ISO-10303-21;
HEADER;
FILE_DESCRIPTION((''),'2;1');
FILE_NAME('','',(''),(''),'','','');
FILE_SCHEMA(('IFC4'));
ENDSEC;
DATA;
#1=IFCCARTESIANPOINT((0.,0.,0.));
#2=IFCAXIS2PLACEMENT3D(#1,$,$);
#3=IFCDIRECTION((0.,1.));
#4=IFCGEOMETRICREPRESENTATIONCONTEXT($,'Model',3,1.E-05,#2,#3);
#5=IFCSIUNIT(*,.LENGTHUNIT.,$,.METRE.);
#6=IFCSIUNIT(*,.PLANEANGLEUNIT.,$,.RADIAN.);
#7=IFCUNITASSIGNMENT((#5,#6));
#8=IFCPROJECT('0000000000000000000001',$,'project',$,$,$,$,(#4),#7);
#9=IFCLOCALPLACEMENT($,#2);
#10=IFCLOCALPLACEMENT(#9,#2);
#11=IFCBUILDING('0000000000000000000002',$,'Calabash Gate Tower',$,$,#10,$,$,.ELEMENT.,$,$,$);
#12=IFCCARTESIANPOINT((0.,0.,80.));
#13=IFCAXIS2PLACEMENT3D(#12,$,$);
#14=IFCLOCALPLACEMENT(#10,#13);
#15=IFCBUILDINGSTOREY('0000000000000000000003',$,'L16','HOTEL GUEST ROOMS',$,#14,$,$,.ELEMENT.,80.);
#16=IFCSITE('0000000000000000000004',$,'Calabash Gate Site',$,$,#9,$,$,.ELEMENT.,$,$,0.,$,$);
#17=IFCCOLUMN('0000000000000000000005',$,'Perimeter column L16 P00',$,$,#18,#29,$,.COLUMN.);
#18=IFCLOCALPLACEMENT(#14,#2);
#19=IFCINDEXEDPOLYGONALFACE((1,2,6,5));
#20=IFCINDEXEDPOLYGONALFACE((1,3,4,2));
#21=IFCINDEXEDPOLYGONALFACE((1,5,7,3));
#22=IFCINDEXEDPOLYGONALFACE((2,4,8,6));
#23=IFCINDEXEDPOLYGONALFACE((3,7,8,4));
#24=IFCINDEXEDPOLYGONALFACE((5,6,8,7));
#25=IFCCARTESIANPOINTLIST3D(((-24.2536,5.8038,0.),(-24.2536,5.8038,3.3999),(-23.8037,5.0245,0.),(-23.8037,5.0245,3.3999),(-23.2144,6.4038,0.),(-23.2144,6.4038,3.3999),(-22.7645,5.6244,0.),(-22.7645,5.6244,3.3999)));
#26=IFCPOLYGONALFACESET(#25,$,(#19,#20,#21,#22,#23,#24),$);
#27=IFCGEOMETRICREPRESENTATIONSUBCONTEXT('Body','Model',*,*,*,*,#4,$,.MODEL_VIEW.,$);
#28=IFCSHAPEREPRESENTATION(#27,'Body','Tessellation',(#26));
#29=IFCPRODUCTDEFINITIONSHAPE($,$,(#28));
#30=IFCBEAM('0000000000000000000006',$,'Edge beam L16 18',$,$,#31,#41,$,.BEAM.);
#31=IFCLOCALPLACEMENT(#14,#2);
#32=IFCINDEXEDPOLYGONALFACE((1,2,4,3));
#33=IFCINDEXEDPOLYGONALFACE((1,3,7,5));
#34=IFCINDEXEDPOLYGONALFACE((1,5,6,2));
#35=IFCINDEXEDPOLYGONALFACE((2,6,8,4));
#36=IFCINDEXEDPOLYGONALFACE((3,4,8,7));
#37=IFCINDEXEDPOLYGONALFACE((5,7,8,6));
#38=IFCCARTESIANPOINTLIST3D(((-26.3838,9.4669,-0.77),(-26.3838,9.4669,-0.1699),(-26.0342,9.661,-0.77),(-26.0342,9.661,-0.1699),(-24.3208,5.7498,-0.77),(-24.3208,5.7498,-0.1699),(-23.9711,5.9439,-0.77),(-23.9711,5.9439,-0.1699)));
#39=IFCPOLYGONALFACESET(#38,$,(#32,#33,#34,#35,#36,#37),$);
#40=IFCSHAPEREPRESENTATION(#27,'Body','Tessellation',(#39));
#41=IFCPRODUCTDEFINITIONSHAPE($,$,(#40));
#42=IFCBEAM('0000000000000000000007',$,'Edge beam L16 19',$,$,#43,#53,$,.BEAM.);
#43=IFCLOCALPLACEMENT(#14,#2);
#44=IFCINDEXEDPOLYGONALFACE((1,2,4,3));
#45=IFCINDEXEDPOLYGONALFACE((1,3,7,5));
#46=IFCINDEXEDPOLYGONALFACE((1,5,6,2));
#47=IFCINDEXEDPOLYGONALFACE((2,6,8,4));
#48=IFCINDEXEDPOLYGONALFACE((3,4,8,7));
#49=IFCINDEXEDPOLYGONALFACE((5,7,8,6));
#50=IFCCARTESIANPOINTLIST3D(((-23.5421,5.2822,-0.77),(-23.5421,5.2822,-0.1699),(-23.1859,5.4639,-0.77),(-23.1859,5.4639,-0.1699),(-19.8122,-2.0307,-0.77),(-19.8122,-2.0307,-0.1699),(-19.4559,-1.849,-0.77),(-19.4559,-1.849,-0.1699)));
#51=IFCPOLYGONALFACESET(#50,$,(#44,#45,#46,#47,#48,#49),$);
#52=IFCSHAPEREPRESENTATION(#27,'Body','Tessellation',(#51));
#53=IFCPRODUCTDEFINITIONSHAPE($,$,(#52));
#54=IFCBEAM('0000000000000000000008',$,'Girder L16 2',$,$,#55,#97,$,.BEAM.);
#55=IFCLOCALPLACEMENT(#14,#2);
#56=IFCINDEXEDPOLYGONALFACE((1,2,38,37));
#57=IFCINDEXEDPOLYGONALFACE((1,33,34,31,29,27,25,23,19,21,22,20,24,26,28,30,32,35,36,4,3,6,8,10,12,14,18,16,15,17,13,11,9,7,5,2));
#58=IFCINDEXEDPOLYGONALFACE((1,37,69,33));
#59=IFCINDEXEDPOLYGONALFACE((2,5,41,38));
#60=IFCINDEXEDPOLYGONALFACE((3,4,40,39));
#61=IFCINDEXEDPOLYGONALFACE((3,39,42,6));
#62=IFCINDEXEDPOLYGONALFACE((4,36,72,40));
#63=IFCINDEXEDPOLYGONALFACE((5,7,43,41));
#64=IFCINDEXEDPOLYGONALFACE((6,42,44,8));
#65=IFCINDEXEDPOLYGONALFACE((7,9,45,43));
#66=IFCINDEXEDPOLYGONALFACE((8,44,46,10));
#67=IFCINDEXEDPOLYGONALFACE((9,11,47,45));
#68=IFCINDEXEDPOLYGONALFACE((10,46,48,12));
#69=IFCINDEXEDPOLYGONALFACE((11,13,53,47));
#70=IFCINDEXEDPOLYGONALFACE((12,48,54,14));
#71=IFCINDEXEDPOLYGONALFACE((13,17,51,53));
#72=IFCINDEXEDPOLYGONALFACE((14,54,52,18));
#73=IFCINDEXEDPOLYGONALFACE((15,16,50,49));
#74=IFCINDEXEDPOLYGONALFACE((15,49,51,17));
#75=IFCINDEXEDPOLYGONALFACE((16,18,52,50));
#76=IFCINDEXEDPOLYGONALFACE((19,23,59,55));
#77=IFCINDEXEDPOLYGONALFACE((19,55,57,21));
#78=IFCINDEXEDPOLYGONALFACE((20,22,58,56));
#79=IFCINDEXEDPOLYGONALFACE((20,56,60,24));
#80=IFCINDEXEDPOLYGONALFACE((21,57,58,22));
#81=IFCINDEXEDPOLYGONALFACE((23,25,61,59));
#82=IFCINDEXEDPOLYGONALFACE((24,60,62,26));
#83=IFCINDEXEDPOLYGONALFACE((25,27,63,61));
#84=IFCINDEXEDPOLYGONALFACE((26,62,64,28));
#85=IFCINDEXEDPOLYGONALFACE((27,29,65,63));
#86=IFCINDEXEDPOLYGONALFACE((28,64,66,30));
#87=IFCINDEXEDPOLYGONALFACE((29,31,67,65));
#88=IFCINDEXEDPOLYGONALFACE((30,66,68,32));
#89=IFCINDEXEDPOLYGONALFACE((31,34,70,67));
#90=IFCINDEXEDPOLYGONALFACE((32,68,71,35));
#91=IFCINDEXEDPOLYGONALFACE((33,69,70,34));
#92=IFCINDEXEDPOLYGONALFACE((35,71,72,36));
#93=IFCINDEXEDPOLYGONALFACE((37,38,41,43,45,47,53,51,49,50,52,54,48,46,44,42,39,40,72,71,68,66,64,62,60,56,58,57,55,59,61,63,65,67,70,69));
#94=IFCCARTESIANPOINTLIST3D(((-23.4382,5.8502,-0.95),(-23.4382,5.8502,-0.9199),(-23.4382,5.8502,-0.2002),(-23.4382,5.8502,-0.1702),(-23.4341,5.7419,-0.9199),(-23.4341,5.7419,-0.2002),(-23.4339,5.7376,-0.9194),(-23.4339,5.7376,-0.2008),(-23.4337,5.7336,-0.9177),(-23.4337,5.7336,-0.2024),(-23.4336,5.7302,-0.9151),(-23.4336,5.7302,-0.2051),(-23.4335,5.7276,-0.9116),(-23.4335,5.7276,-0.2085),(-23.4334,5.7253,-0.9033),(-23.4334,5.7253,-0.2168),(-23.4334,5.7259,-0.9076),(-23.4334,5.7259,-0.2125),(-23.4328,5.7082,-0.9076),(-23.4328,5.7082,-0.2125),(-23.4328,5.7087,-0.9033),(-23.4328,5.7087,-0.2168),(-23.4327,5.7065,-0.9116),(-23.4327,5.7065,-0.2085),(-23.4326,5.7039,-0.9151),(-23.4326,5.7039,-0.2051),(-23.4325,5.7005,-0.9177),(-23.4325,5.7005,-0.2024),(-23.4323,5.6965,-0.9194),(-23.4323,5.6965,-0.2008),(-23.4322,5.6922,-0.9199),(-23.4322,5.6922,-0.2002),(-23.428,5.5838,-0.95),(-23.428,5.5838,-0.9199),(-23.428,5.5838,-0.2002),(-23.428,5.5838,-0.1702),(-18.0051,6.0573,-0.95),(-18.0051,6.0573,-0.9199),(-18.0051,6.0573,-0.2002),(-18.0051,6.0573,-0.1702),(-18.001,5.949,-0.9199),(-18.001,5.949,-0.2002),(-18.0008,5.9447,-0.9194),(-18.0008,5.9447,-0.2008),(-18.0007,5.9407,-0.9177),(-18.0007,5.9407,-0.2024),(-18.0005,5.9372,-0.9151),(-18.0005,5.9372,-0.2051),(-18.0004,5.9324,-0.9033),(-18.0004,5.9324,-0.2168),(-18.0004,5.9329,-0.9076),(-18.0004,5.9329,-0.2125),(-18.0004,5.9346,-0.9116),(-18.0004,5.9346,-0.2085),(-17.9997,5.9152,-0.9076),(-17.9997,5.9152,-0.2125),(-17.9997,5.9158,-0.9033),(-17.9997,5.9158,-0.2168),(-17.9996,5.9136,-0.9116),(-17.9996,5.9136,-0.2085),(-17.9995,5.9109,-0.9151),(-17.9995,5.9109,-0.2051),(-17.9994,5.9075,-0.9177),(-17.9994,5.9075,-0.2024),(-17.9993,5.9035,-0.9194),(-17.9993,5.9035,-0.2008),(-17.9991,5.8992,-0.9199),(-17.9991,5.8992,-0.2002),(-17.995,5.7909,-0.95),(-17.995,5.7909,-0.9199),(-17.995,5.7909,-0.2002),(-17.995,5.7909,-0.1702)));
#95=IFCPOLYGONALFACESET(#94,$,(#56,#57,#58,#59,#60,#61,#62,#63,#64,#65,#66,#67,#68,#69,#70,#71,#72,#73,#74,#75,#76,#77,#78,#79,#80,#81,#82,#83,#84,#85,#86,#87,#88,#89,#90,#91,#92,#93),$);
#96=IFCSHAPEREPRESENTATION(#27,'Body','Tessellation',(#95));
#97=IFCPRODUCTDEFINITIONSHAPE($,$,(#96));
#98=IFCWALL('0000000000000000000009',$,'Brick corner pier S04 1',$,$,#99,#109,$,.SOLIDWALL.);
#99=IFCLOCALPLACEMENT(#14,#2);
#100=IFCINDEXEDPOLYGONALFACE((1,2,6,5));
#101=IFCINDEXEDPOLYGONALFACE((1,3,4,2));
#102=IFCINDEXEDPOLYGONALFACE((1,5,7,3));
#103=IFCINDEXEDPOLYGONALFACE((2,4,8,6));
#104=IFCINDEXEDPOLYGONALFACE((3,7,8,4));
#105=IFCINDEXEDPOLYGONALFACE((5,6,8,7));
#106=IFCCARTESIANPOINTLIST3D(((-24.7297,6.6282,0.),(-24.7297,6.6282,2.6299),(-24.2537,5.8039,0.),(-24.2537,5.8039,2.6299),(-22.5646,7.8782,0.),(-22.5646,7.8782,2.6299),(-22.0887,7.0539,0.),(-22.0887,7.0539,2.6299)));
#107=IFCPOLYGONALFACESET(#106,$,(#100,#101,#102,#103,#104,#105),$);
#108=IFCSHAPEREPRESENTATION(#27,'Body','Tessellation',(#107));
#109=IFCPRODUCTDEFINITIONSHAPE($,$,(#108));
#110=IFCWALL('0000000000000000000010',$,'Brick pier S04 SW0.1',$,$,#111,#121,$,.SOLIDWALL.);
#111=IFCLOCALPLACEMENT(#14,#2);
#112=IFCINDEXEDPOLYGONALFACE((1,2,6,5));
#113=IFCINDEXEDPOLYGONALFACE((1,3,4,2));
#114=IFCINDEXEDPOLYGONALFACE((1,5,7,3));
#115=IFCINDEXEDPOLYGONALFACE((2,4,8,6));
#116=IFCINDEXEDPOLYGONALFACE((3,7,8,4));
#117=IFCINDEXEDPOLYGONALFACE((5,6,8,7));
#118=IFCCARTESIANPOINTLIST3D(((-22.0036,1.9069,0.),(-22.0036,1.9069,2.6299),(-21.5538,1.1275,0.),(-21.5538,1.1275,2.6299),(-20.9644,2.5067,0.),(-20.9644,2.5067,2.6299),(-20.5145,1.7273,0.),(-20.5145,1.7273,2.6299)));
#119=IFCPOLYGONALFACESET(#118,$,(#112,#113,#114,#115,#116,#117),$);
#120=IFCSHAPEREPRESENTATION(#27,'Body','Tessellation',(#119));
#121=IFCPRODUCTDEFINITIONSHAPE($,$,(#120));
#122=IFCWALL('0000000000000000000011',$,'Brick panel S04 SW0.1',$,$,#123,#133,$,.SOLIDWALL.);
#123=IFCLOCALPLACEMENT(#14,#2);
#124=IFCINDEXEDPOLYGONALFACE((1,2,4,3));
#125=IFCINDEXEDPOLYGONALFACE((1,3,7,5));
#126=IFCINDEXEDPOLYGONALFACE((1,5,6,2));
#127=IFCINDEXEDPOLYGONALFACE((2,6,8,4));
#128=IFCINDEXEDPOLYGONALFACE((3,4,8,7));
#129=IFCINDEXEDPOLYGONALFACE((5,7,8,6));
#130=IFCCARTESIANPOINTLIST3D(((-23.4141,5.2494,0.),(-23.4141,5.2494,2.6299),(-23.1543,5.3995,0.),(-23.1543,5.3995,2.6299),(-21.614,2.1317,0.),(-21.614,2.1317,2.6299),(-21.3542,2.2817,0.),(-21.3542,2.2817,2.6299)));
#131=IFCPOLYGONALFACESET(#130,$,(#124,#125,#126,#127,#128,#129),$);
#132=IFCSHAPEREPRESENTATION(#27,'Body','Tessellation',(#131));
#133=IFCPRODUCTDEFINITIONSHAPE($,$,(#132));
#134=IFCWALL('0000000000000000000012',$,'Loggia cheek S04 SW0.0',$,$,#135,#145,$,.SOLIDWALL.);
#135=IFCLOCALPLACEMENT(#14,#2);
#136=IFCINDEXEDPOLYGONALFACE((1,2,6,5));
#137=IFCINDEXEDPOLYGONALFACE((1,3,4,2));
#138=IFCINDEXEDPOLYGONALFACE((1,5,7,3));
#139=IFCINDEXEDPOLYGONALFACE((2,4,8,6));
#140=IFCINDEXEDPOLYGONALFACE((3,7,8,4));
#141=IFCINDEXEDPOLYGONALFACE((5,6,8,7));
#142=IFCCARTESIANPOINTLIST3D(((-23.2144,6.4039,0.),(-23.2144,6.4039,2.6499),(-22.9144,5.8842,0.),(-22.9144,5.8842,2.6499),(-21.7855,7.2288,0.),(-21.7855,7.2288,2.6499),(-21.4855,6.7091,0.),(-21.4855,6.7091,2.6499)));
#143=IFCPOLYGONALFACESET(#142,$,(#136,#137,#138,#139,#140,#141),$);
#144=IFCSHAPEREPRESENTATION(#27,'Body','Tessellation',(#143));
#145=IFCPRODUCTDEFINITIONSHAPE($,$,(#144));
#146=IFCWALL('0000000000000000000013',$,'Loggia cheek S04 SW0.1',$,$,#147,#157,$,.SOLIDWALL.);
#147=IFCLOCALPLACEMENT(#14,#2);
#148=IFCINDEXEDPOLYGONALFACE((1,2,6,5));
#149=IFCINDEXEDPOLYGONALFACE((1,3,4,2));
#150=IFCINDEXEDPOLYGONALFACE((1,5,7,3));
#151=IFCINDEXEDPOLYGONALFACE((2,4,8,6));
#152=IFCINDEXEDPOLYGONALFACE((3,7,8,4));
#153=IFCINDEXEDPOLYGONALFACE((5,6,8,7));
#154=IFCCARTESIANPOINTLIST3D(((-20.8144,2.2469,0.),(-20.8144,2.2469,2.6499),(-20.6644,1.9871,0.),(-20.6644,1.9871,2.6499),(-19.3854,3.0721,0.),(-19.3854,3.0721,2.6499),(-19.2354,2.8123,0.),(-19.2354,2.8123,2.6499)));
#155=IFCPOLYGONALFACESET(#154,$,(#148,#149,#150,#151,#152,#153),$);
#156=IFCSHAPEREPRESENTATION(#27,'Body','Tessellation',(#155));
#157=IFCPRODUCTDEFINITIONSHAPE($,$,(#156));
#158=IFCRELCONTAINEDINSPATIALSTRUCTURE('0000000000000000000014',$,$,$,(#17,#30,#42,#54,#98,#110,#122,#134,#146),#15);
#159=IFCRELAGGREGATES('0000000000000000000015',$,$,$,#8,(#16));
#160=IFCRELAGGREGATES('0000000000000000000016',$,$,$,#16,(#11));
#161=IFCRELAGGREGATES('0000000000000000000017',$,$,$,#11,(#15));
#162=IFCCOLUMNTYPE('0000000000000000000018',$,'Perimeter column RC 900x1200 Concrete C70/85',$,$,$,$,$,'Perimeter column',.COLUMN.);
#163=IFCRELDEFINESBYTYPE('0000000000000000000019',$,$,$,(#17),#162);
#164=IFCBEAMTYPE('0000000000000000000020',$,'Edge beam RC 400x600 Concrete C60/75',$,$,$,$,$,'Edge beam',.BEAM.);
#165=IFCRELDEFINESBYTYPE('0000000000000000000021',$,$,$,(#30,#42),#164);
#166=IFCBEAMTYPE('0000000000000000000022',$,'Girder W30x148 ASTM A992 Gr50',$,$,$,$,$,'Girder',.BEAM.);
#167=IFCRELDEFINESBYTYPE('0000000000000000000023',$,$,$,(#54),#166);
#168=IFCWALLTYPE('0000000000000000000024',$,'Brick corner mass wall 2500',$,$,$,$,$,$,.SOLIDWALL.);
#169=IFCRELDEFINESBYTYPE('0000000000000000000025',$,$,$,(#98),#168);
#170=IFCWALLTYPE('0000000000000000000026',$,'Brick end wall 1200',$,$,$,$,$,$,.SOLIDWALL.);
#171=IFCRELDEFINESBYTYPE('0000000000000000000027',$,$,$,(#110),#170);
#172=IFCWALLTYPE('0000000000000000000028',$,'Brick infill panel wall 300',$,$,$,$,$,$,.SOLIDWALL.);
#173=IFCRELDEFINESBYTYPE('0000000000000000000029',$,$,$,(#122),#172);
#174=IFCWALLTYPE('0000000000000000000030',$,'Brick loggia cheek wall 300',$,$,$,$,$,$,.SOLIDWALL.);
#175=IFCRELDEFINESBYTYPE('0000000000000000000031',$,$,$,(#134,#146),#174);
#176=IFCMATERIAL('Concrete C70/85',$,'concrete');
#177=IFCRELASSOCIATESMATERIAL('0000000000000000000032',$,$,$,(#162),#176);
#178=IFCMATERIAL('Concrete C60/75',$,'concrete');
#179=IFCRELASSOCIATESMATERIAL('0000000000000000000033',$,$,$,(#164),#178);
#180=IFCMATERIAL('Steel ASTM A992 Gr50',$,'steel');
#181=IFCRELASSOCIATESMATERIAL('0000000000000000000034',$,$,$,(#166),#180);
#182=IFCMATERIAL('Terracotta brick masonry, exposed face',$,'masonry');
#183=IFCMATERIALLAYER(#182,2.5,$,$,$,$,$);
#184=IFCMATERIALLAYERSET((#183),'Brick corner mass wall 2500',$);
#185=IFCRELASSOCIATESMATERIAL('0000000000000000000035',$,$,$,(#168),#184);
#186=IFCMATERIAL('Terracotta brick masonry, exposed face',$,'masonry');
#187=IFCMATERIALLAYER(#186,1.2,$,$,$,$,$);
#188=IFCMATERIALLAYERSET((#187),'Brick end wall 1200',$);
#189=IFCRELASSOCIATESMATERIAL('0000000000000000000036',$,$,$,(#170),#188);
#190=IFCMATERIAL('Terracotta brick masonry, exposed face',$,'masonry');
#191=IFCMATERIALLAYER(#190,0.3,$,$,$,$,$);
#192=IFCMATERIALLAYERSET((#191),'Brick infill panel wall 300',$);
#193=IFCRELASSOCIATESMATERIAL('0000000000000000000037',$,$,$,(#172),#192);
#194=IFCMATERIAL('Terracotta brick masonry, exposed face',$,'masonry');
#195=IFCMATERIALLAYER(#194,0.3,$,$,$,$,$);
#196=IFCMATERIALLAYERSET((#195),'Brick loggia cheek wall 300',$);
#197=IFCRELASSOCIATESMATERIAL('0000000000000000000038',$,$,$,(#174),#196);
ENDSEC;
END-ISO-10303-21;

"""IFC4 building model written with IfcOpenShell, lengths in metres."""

from ifc_helpers import new_model, si_unit, direction, frame, frame_2d, origin, origin_2d, place, context, subcontext, project, spatial, rectangle, i_section, extrude, material, layer, layer_set, material_profile, profile_set, type_object, element, save


model = new_model("IFC4")

# Units and contexts
model_context = context("Model", 3, precision=1e-05, world=origin(), true_north=direction((0.0, 1.0)))
body_context = subcontext(model_context, "Body", "Model", "MODEL_VIEW")
ifc_project = project(units=[si_unit("LENGTHUNIT", "METRE"), si_unit("PLANEANGLEUNIT", "RADIAN")], contexts=[model_context])

# Site, building, storey
site_placement = place(None, origin())
site = spatial("IfcSite", under=ifc_project, at=site_placement, Name="Calabash Gate Site", CompositionType="ELEMENT", RefElevation=0.0)
building_placement = place(site_placement, origin())
building = spatial("IfcBuilding", under=site, at=building_placement, Name="Calabash Gate Tower", CompositionType="ELEMENT")
storey_placement = place(building_placement, frame((0.0, 0.0, 80.0)))
storey = spatial("IfcBuildingStorey", under=building, at=storey_placement, Name="L16", Description="HOTEL GUEST ROOMS", CompositionType="ELEMENT", Elevation=80.0)

# Column
ifc_material_1 = material(Name="Concrete C70/85", Category="concrete")
ifc_material_profile_1 = material_profile(ifc_material_1, rectangle(XDim=0.8999, YDim=1.2, at=origin_2d()))
ifc_profile_set_1 = profile_set([ifc_material_profile_1], Name="Concrete C70/85")
column_type = type_object("IfcColumnType", Name="Perimeter column RC 900x1200 Concrete C70/85", ElementType="Perimeter column", PredefinedType="COLUMN", material=ifc_profile_set_1)
column_placement = place(storey_placement, frame((-23.509, 5.7141, 0.0), z_axis=(0.0, 0.0, 1.0), x_axis=(0.5, -0.866025, 0.0)))
element("IfcColumn", 1, at=column_placement, inside=storey, type_object=column_type, Name="Perimeter column L16 P00", PredefinedType="COLUMN", context=body_context, shape_type="SweptSolid", body=[
    extrude(rectangle(XDim=0.8999, YDim=1.2, at=origin_2d()), origin(), (0.0, 0.0, 1.0), 3.3999),
])

# Beams
ifc_material_2 = material(Name="Concrete C60/75", Category="concrete")
ifc_material_profile_2 = material_profile(ifc_material_2, rectangle(XDim=0.3999, YDim=0.6001, at=origin_2d()))
ifc_profile_set_2 = profile_set([ifc_material_profile_2], Name="Concrete C60/75")
beam_type_1 = type_object("IfcBeamType", Name="Edge beam RC 400x600 Concrete C60/75", ElementType="Edge beam", PredefinedType="BEAM", material=ifc_profile_set_2)
beam_1_placement = place(storey_placement, frame((-26.209, 9.564, -0.47), z_axis=(0.485277, -0.87436, 0.0), x_axis=(0.87436, 0.485277, 0.0)))
element("IfcBeam", 2, at=beam_1_placement, inside=storey, type_object=beam_type_1, Name="Edge beam L16 18", PredefinedType="BEAM", context=body_context, shape_type="SweptSolid", body=[
    extrude(rectangle(XDim=0.3999, YDim=0.6001, at=origin_2d()), origin(), (0.0, 0.0, 1.0), 4.2512),
])
beam_2_placement = place(storey_placement, frame((-23.364, 5.373, -0.47), z_axis=(0.454361, -0.890818, 0.0), x_axis=(0.890818, 0.454361, 0.0)))
element("IfcBeam", 3, at=beam_2_placement, inside=storey, type_object=beam_type_1, Name="Edge beam L16 19", PredefinedType="BEAM", context=body_context, shape_type="SweptSolid", body=[
    extrude(rectangle(XDim=0.3999, YDim=0.6001, at=origin_2d()), origin(), (0.0, 0.0, 1.0), 8.2092),
])
ifc_material_3 = material(Name="Steel ASTM A992 Gr50", Category="steel")
ifc_material_profile_3 = material_profile(ifc_material_3, i_section(OverallWidth=0.2666, OverallDepth=0.7798, WebThickness=0.0166, FlangeThickness=0.03, FilletRadius=0.0166, at=origin_2d()))
ifc_profile_set_3 = profile_set([ifc_material_profile_3], Name="Steel ASTM A992 Gr50")
beam_type_2 = type_object("IfcBeamType", Name="Girder W30x148 ASTM A992 Gr50", ElementType="Girder", PredefinedType="BEAM", material=ifc_profile_set_3)
beam_3_placement = place(storey_placement, frame((-23.4331, 5.717, -0.5601), z_axis=(0.999275, 0.038078, 0.0), x_axis=(-0.038078, 0.999275, 0.0)))
element("IfcBeam", 4, at=beam_3_placement, inside=storey, type_object=beam_type_2, Name="Girder L16 2", PredefinedType="BEAM", context=body_context, shape_type="SweptSolid", body=[
    extrude(i_section(OverallWidth=0.2666, OverallDepth=0.7798, WebThickness=0.0166, FlangeThickness=0.03, FilletRadius=0.0166, at=origin_2d()), origin(), (0.0, 0.0, 1.0), 5.437),
])

# Walls
ifc_material_4 = material(Name="Terracotta brick masonry, exposed face", Category="masonry")
ifc_layer_1 = layer(ifc_material_4, 2.5)
ifc_layer_set_1 = layer_set([ifc_layer_1], Name="Brick corner mass wall 2500")
wall_type_1 = type_object("IfcWallType", Name="Brick corner mass wall 2500", PredefinedType="SOLIDWALL", material=ifc_layer_set_1)
wall_1_placement = place(storey_placement, frame((-22.3267, 7.4661, 0.0), z_axis=(0.0, 0.0, 1.0), x_axis=(-0.866023, -0.500004, 0.0)))
element("IfcWall", 5, at=wall_1_placement, inside=storey, type_object=wall_type_1, Name="Brick corner pier S04 1", PredefinedType="SOLIDWALL", context=body_context, shape_type="SweptSolid", body=[
    extrude(rectangle(XDim=2.5, YDim=0.9519, at=frame_2d((1.25, 0.0))), origin(), (0.0, 0.0, 1.0), 2.6299),
])
ifc_material_5 = material(Name="Terracotta brick masonry, exposed face", Category="masonry")
ifc_layer_2 = layer(ifc_material_5, 1.2)
ifc_layer_set_2 = layer_set([ifc_layer_2], Name="Brick end wall 1200")
wall_type_2 = type_object("IfcWallType", Name="Brick end wall 1200", PredefinedType="SOLIDWALL", material=ifc_layer_set_2)
wall_2_placement = place(storey_placement, frame((-21.7788, 1.5171, 0.0), z_axis=(0.0, 0.0, 1.0), x_axis=(0.866094, 0.499881, 0.0)))
element("IfcWall", 6, at=wall_2_placement, inside=storey, type_object=wall_type_2, Name="Brick pier S04 SW0.1", PredefinedType="SOLIDWALL", context=body_context, shape_type="SweptSolid", body=[
    extrude(rectangle(XDim=1.2, YDim=0.8999, at=frame_2d((0.6001, 0.0))), origin(), (0.0, 0.0, 1.0), 2.6299),
])
ifc_material_6 = material(Name="Terracotta brick masonry, exposed face", Category="masonry")
ifc_layer_3 = layer(ifc_material_6, 0.3)
ifc_layer_set_3 = layer_set([ifc_layer_3], Name="Brick infill panel wall 300")
wall_type_3 = type_object("IfcWallType", Name="Brick infill panel wall 300", PredefinedType="SOLIDWALL", material=ifc_layer_set_3)
wall_3_placement = place(storey_placement, frame((-23.2842, 5.3245, 0.0), z_axis=(0.0, 0.0, 1.0), x_axis=(0.500012, -0.866018, 0.0)))
element("IfcWall", 7, at=wall_3_placement, inside=storey, type_object=wall_type_3, Name="Brick panel S04 SW0.1", PredefinedType="SOLIDWALL", context=body_context, shape_type="SweptSolid", body=[
    extrude(rectangle(XDim=3.6001, YDim=0.3, at=frame_2d((1.8, 0.0))), origin(), (0.0, 0.0, 1.0), 2.6299),
])
ifc_material_7 = material(Name="Terracotta brick masonry, exposed face", Category="masonry")
ifc_layer_4 = layer(ifc_material_7, 0.3)
ifc_layer_set_4 = layer_set([ifc_layer_4], Name="Brick loggia cheek wall 300")
wall_type_4 = type_object("IfcWallType", Name="Brick loggia cheek wall 300", PredefinedType="SOLIDWALL", material=ifc_layer_set_4)
wall_4_placement = place(storey_placement, frame((-21.6355, 6.969, 0.0), z_axis=(0.0, 0.0, 1.0), x_axis=(-0.86604, -0.499974, 0.0)))
element("IfcWall", 8, at=wall_4_placement, inside=storey, type_object=wall_type_4, Name="Loggia cheek S04 SW0.0", PredefinedType="SOLIDWALL", context=body_context, shape_type="SweptSolid", body=[
    extrude(rectangle(XDim=1.6499, YDim=0.6001, at=frame_2d((0.825, 0.0))), origin(), (0.0, 0.0, 1.0), 2.6499),
])
wall_5_placement = place(storey_placement, frame((-20.7395, 2.1169, 0.0), z_axis=(0.0, 0.0, 1.0), x_axis=(0.865976, 0.500085, 0.0)))
element("IfcWall", 9, at=wall_5_placement, inside=storey, type_object=wall_type_4, Name="Loggia cheek S04 SW0.1", PredefinedType="SOLIDWALL", context=body_context, shape_type="SweptSolid", body=[
    extrude(rectangle(XDim=1.6501, YDim=0.3, at=frame_2d((0.8252, 0.0))), origin(), (0.0, 0.0, 1.0), 2.6499),
])

save(model, "model.ifc")
